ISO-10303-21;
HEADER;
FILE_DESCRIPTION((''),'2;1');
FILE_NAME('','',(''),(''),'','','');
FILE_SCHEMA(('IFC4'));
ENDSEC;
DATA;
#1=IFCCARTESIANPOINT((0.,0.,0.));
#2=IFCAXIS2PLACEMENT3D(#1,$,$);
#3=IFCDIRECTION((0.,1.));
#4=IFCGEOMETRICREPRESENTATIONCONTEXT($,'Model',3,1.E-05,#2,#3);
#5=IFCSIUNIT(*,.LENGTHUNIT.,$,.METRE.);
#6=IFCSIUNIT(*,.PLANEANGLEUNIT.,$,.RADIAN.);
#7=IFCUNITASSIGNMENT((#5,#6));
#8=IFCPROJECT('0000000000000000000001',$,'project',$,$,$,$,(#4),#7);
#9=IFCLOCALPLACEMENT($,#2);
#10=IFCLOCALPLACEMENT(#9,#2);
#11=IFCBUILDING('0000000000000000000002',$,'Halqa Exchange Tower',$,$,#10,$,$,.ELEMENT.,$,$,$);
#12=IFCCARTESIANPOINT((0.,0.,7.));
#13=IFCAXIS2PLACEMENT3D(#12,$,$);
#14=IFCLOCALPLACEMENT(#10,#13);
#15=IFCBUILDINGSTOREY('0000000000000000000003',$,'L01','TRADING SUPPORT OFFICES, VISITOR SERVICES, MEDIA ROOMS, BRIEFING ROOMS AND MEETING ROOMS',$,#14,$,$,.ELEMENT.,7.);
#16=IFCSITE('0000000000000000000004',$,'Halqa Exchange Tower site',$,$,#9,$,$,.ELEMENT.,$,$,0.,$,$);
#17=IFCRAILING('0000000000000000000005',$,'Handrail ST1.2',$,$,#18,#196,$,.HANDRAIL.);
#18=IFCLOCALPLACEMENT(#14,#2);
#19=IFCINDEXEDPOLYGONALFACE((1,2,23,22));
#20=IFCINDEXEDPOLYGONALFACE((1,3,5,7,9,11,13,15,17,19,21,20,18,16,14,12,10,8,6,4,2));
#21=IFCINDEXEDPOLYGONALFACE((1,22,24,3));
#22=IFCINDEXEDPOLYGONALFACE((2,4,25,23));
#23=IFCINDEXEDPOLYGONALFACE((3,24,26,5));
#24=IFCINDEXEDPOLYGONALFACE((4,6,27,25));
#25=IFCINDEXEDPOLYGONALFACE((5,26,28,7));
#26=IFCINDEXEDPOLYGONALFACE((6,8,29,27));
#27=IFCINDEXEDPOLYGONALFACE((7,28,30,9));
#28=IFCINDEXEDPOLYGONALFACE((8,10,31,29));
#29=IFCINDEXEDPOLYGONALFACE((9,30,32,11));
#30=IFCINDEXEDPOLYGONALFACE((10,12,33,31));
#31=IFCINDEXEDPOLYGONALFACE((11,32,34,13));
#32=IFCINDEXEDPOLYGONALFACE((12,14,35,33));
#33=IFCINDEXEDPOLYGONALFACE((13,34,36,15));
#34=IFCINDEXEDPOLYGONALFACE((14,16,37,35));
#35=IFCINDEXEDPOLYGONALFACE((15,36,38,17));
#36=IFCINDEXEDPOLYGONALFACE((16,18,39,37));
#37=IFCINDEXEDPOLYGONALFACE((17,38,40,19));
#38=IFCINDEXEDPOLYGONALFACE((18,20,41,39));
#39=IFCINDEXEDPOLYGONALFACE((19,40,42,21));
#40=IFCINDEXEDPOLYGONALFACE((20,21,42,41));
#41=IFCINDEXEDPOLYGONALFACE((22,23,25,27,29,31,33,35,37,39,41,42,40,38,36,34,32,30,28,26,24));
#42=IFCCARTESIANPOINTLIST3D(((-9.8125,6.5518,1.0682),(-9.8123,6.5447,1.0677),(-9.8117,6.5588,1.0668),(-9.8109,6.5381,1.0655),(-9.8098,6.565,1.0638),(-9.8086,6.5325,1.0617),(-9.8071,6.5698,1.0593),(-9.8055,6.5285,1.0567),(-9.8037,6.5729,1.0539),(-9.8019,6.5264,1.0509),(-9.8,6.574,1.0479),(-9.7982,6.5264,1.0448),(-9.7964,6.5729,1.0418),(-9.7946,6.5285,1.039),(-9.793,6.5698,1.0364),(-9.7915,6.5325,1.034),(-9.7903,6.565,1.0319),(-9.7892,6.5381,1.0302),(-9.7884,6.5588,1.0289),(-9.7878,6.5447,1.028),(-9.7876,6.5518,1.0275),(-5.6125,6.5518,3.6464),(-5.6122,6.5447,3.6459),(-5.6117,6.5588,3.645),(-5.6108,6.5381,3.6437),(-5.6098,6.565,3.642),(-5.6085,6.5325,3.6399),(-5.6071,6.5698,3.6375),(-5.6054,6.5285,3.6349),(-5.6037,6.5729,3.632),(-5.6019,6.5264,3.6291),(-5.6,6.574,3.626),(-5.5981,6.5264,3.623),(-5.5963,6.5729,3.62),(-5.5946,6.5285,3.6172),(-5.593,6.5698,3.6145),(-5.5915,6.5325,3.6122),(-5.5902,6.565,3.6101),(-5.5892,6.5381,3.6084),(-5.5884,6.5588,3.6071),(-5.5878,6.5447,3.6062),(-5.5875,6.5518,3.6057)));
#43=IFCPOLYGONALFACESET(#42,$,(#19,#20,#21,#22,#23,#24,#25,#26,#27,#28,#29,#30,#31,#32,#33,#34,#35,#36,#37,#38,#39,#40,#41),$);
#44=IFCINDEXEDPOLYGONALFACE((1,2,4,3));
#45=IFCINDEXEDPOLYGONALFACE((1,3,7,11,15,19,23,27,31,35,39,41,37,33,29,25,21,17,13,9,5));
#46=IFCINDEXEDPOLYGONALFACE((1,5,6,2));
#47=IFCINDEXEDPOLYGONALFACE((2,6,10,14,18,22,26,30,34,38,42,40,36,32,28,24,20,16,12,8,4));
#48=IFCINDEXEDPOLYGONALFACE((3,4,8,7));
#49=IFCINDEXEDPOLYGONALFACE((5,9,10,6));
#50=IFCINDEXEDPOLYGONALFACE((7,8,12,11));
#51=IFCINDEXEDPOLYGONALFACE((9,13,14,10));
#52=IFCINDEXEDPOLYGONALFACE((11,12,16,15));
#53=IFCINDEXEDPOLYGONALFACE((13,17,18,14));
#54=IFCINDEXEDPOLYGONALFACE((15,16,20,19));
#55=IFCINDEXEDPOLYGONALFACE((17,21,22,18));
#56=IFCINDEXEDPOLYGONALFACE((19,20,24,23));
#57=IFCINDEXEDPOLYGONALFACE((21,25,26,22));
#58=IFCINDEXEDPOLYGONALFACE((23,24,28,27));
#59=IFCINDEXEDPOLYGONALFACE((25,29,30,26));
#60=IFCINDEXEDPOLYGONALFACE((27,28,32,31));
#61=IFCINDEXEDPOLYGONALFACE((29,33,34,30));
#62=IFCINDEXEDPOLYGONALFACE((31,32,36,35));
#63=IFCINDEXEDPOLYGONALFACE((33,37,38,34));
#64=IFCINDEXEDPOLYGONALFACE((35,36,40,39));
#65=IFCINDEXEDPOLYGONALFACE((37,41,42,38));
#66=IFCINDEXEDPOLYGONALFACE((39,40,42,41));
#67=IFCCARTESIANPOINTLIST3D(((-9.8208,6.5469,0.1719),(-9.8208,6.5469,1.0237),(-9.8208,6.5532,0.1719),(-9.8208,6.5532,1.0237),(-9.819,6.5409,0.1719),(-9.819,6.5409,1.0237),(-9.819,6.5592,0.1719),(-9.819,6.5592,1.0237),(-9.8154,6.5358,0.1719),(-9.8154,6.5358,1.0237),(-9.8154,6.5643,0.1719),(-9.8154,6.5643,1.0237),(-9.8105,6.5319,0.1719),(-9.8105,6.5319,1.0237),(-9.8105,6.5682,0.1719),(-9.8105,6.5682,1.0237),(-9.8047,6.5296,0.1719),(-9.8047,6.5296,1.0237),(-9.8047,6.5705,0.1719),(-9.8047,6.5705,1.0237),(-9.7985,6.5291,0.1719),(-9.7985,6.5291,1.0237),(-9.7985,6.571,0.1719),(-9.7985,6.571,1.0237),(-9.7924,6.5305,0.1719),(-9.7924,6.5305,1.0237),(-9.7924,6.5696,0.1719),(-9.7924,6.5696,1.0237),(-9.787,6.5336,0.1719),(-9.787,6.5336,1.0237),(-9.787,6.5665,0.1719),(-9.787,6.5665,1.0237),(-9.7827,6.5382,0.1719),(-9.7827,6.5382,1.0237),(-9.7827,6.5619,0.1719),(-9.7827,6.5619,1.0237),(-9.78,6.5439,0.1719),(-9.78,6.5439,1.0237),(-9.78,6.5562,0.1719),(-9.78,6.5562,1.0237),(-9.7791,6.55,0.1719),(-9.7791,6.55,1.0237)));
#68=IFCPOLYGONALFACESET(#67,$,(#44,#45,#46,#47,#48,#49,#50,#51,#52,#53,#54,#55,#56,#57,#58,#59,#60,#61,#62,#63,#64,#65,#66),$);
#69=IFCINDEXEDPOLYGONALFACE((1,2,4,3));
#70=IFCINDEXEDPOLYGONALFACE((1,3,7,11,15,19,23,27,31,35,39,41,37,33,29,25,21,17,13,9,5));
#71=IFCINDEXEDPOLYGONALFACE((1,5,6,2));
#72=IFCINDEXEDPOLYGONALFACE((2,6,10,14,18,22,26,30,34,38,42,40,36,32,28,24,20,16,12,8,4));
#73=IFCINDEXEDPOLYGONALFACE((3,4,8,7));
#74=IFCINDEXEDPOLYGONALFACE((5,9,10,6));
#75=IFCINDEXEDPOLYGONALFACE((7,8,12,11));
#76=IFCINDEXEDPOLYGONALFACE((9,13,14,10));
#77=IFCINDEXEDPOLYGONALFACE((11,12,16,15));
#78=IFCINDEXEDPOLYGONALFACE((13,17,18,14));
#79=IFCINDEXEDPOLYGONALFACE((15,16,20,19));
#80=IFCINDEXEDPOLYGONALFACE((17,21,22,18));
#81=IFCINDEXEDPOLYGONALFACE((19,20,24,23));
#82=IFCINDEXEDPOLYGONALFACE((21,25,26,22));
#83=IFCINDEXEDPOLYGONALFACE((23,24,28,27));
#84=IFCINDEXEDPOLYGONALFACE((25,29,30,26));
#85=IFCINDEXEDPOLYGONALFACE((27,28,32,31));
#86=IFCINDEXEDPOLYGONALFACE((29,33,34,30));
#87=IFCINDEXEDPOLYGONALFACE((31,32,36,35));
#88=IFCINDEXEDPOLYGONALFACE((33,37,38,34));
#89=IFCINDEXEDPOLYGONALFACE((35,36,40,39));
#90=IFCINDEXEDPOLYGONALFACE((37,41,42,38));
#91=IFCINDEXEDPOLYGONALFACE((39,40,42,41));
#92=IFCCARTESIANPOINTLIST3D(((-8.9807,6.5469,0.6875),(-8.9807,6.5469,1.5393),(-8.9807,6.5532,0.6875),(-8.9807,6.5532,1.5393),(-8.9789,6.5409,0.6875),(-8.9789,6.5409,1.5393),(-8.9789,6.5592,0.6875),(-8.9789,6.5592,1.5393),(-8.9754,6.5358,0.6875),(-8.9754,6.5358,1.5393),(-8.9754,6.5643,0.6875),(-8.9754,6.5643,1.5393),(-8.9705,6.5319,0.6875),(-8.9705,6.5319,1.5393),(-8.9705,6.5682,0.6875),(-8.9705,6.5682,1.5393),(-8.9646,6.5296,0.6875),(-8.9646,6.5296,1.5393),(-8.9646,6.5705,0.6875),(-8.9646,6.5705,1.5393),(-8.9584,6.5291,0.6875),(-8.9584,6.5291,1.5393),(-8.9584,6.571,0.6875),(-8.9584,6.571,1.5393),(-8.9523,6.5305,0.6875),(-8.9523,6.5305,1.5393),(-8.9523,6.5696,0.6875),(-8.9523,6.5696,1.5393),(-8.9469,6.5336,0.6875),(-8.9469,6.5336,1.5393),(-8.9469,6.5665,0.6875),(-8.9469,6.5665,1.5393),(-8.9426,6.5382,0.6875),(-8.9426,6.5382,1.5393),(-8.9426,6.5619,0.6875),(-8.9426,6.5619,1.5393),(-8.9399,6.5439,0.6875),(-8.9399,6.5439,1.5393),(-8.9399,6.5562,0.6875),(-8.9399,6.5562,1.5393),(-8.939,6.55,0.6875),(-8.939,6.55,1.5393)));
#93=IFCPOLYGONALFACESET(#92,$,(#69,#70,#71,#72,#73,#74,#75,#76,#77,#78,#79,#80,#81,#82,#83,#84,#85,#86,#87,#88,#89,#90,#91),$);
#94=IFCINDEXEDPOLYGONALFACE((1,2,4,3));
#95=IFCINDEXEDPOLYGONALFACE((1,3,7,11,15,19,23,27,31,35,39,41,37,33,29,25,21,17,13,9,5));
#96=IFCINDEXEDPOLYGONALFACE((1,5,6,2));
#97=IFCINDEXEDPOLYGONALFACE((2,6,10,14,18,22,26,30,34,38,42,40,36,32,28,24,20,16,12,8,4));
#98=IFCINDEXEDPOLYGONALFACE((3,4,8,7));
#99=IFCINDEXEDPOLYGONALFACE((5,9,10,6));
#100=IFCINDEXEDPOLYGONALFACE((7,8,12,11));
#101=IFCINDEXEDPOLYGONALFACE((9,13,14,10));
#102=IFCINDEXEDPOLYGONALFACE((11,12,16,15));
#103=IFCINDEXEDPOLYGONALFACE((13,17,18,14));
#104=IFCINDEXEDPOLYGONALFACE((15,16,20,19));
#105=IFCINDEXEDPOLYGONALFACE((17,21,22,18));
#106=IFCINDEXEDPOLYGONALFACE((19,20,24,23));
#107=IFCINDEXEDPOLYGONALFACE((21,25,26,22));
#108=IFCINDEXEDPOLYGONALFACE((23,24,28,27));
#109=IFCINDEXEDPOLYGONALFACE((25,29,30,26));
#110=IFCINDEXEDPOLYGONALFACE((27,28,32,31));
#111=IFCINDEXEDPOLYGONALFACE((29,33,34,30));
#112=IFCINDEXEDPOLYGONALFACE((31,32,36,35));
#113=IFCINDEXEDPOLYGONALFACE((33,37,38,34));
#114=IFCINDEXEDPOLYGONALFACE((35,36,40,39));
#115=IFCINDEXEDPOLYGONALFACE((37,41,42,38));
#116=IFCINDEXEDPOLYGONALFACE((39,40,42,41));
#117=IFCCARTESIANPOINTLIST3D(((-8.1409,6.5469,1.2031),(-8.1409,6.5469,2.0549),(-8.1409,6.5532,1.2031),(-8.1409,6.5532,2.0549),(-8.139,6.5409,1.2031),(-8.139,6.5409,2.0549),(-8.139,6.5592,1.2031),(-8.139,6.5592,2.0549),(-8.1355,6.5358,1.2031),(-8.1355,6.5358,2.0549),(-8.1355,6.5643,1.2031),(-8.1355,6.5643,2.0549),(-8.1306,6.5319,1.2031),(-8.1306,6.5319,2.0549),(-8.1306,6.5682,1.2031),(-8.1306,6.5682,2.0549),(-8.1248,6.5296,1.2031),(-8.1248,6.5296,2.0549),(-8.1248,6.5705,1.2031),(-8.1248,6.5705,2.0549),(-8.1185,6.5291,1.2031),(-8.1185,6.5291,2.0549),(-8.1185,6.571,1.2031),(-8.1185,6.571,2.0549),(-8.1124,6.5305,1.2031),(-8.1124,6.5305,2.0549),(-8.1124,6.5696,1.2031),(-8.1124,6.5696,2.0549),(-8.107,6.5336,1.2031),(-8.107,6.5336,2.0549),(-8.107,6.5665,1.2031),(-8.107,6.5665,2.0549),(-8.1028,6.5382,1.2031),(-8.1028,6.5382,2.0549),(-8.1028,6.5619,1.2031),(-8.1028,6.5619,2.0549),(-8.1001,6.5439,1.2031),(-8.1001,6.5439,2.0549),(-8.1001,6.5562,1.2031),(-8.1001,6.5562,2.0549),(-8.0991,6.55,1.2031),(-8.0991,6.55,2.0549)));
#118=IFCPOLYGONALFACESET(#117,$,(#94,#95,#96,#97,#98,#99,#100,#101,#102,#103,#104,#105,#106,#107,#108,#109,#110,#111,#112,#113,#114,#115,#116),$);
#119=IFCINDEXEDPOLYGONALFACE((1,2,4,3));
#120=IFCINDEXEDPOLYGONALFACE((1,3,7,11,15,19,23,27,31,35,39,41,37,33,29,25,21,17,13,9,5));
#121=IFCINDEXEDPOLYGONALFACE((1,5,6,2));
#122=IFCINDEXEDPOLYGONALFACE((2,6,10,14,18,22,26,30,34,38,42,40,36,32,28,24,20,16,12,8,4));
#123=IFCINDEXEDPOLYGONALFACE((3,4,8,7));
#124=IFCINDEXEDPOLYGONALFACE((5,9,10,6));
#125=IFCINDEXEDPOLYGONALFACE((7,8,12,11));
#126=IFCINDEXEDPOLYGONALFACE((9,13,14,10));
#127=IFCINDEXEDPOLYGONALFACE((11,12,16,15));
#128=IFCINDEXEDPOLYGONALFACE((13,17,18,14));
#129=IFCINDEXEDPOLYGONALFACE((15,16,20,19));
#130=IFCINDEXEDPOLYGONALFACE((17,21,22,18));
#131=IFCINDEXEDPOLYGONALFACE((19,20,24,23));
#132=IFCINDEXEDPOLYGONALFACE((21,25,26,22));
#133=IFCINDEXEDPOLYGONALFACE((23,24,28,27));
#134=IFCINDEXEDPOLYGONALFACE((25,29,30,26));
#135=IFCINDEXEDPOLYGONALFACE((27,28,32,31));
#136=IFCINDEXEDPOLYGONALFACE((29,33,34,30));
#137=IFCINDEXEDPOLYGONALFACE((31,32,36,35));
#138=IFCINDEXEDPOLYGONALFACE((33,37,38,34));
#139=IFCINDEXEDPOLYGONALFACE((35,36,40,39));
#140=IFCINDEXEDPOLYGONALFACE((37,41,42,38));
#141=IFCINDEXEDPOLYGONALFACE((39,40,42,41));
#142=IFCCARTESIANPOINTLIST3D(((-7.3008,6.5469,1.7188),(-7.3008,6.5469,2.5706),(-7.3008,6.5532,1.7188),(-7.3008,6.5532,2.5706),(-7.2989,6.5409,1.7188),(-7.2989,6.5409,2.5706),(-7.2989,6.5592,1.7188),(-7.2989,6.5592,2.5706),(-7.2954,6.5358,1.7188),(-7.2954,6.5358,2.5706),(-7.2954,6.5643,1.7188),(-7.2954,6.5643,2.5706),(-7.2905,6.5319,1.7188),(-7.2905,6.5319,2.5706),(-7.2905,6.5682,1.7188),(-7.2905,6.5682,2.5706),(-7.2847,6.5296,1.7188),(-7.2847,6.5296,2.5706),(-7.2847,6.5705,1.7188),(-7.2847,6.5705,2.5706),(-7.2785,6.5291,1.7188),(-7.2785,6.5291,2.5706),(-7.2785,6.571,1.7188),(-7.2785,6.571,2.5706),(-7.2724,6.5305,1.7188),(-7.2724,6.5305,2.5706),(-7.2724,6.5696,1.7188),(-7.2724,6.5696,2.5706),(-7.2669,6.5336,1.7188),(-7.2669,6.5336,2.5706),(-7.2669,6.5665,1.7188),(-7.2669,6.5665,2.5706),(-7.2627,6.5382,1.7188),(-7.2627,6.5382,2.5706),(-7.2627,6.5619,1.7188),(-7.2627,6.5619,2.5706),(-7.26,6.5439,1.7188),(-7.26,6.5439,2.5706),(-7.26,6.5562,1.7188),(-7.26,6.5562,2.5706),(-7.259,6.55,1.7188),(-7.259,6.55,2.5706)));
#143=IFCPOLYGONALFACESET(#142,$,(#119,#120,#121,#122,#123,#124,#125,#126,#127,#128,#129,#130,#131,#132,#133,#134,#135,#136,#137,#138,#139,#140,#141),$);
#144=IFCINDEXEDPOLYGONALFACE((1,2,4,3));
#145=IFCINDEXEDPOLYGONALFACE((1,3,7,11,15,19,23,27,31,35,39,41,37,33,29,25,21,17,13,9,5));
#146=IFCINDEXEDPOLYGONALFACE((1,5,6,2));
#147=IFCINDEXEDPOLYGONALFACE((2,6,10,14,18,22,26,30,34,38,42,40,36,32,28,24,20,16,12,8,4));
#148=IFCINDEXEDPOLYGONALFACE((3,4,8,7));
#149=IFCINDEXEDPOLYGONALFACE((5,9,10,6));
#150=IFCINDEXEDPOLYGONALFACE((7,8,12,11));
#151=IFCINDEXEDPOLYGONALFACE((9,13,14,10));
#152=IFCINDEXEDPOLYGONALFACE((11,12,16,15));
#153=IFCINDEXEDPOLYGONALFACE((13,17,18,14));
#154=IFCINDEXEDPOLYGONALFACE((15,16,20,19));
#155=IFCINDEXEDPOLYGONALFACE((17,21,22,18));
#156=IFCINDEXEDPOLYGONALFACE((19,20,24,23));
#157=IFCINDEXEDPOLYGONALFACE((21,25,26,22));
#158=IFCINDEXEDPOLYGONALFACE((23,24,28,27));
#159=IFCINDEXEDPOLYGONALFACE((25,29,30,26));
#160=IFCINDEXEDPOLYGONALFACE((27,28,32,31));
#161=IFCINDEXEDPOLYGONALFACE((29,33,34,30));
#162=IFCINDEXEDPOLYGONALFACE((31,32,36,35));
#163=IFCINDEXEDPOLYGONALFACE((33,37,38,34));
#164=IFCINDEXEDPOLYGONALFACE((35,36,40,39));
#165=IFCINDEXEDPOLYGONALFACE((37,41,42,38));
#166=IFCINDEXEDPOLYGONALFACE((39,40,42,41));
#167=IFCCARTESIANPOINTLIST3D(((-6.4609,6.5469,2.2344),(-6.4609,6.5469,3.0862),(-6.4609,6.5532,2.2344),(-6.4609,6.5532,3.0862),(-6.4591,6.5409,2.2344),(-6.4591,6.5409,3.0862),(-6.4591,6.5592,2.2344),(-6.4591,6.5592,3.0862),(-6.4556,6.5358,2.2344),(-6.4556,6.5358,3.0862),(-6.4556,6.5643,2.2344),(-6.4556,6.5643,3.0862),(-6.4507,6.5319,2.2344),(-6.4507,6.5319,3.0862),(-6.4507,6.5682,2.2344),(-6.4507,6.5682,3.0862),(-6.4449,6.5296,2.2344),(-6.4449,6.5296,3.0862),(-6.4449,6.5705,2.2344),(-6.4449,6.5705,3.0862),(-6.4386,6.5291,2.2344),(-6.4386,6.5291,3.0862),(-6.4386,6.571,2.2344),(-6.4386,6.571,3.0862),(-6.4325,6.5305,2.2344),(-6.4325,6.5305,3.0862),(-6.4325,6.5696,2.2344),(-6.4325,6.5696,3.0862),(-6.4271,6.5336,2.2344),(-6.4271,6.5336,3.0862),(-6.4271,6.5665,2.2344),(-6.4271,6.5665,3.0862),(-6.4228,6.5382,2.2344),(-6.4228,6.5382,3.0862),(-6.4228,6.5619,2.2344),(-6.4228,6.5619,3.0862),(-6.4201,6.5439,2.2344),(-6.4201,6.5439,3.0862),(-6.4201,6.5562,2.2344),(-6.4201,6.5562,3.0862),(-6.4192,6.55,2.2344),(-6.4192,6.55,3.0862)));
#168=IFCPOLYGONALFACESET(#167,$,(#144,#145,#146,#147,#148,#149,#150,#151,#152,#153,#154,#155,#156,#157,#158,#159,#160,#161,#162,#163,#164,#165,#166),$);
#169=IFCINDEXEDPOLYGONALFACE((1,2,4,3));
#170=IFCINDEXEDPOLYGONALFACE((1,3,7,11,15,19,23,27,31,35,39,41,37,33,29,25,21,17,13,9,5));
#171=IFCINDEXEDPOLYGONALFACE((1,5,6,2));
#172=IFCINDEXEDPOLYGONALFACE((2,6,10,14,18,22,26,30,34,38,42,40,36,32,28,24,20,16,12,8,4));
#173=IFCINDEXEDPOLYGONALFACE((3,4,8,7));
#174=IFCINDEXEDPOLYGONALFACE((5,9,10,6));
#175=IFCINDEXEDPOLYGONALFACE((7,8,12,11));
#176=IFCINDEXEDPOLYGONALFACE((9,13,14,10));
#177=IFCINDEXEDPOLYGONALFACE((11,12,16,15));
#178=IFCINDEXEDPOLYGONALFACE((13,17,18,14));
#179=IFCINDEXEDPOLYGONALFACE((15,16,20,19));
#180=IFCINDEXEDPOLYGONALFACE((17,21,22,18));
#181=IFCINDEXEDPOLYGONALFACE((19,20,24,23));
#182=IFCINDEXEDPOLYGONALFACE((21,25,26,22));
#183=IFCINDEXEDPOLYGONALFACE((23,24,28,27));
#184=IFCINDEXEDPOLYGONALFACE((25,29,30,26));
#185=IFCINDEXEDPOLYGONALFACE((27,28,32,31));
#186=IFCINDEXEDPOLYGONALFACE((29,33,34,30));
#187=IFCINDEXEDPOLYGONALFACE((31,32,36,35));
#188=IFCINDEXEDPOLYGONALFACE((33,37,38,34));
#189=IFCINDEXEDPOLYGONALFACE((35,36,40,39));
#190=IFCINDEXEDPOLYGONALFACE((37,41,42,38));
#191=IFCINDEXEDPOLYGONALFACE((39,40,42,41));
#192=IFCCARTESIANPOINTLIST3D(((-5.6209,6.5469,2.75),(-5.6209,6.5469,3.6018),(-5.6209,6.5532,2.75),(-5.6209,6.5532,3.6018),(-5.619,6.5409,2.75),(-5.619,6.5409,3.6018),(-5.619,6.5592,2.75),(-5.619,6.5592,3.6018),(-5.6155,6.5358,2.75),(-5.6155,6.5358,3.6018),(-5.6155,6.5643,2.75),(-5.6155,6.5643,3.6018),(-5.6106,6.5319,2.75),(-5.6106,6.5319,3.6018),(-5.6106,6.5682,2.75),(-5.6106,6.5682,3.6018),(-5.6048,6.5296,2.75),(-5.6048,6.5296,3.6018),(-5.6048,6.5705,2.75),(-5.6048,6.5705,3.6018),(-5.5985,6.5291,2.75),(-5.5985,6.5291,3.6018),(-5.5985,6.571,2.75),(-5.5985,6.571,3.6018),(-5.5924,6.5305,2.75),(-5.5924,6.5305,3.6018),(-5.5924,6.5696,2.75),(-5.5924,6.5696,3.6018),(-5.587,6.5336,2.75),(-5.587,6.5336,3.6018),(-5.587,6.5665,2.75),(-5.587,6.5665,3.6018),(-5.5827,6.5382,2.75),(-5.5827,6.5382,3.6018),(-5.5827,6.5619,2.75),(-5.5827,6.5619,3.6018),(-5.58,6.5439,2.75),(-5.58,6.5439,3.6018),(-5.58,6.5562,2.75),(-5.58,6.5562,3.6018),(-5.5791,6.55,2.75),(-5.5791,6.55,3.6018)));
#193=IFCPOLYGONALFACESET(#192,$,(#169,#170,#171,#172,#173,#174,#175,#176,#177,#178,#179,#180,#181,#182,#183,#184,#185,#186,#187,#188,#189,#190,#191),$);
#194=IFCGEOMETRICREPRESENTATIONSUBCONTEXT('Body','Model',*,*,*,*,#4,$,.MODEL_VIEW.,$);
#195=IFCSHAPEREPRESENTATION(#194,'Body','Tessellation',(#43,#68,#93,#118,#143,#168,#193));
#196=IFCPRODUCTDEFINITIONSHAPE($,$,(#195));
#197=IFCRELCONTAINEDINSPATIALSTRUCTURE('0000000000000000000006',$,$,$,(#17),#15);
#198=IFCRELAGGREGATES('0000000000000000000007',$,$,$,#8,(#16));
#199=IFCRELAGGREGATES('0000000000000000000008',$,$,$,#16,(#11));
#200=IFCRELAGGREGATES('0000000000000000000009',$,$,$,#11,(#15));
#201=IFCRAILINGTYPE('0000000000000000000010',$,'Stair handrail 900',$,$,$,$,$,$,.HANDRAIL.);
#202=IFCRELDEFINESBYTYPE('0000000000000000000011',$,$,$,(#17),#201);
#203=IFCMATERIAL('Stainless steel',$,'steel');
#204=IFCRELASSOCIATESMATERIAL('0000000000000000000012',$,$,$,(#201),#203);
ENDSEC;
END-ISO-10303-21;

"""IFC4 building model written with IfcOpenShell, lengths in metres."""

from ifc_helpers import new_model, si_unit, direction, frame, origin, origin_2d, place, context, subcontext, project, spatial, circle, extrude, material, type_object, element, save


model = new_model("IFC4")

# Units and contexts
model_context = context("Model", 3, precision=1e-05, world=origin(), true_north=direction((0.0, 1.0)))
body_context = subcontext(model_context, "Body", "Model", "MODEL_VIEW")
ifc_project = project(units=[si_unit("LENGTHUNIT", "METRE"), si_unit("PLANEANGLEUNIT", "RADIAN")], contexts=[model_context])

# Site, building, storey
site_placement = place(None, origin())
site = spatial("IfcSite", under=ifc_project, at=site_placement, Name="Halqa Exchange Tower site", CompositionType="ELEMENT", RefElevation=0.0)
building_placement = place(site_placement, origin())
building = spatial("IfcBuilding", under=site, at=building_placement, Name="Halqa Exchange Tower", CompositionType="ELEMENT")
storey_placement = place(building_placement, frame((0.0, 0.0, 7.0)))
storey = spatial("IfcBuildingStorey", under=building, at=storey_placement, Name="L01", Description="TRADING SUPPORT OFFICES, VISITOR SERVICES, MEDIA ROOMS, BRIEFING ROOMS AND MEETING ROOMS", CompositionType="ELEMENT", Elevation=7.0)

# Shared definitions
ifc_material_1 = material(Name="Stainless steel", Category="steel")

# Railing
railing_type_1 = type_object("IfcRailingType", Name="Stair handrail 900", PredefinedType="HANDRAIL", material=ifc_material_1)
railing_1_placement = place(storey_placement, frame((-9.8, 6.55, 0.1719)))
element("IfcRailing", 1, at=railing_1_placement, inside=storey, type_object=railing_type_1, Name="Handrail ST1.2", PredefinedType="HANDRAIL", context=body_context, shape_type="SweptSolid", body=[
    extrude(circle(Radius=0.0239, at=origin_2d()), frame((0.0, 0.0, 0.876), z_axis=(0.852243, 0.0, 0.523146), x_axis=(0.0, 1.0, 0.0)), (0.0, 0.0, 1.0), 4.9282),
    extrude(circle(Radius=0.021, at=origin_2d()), origin(), (0.0, 0.0, 1.0), 0.8518),
    extrude(circle(Radius=0.021, at=origin_2d()), frame((0.8401, 0.0, 0.5156)), (0.0, 0.0, 1.0), 0.8518),
    extrude(circle(Radius=0.021, at=origin_2d()), frame((1.6799, 0.0, 1.0312)), (0.0, 0.0, 1.0), 0.8518),
    extrude(circle(Radius=0.021, at=origin_2d()), frame((2.52, 0.0, 1.5469)), (0.0, 0.0, 1.0), 0.8518),
    extrude(circle(Radius=0.021, at=origin_2d()), frame((3.3599, 0.0, 2.0625)), (0.0, 0.0, 1.0), 0.8518),
    extrude(circle(Radius=0.021, at=origin_2d()), frame((4.2, 0.0, 2.5781)), (0.0, 0.0, 1.0), 0.8518),
])

save(model, "model.ifc")
